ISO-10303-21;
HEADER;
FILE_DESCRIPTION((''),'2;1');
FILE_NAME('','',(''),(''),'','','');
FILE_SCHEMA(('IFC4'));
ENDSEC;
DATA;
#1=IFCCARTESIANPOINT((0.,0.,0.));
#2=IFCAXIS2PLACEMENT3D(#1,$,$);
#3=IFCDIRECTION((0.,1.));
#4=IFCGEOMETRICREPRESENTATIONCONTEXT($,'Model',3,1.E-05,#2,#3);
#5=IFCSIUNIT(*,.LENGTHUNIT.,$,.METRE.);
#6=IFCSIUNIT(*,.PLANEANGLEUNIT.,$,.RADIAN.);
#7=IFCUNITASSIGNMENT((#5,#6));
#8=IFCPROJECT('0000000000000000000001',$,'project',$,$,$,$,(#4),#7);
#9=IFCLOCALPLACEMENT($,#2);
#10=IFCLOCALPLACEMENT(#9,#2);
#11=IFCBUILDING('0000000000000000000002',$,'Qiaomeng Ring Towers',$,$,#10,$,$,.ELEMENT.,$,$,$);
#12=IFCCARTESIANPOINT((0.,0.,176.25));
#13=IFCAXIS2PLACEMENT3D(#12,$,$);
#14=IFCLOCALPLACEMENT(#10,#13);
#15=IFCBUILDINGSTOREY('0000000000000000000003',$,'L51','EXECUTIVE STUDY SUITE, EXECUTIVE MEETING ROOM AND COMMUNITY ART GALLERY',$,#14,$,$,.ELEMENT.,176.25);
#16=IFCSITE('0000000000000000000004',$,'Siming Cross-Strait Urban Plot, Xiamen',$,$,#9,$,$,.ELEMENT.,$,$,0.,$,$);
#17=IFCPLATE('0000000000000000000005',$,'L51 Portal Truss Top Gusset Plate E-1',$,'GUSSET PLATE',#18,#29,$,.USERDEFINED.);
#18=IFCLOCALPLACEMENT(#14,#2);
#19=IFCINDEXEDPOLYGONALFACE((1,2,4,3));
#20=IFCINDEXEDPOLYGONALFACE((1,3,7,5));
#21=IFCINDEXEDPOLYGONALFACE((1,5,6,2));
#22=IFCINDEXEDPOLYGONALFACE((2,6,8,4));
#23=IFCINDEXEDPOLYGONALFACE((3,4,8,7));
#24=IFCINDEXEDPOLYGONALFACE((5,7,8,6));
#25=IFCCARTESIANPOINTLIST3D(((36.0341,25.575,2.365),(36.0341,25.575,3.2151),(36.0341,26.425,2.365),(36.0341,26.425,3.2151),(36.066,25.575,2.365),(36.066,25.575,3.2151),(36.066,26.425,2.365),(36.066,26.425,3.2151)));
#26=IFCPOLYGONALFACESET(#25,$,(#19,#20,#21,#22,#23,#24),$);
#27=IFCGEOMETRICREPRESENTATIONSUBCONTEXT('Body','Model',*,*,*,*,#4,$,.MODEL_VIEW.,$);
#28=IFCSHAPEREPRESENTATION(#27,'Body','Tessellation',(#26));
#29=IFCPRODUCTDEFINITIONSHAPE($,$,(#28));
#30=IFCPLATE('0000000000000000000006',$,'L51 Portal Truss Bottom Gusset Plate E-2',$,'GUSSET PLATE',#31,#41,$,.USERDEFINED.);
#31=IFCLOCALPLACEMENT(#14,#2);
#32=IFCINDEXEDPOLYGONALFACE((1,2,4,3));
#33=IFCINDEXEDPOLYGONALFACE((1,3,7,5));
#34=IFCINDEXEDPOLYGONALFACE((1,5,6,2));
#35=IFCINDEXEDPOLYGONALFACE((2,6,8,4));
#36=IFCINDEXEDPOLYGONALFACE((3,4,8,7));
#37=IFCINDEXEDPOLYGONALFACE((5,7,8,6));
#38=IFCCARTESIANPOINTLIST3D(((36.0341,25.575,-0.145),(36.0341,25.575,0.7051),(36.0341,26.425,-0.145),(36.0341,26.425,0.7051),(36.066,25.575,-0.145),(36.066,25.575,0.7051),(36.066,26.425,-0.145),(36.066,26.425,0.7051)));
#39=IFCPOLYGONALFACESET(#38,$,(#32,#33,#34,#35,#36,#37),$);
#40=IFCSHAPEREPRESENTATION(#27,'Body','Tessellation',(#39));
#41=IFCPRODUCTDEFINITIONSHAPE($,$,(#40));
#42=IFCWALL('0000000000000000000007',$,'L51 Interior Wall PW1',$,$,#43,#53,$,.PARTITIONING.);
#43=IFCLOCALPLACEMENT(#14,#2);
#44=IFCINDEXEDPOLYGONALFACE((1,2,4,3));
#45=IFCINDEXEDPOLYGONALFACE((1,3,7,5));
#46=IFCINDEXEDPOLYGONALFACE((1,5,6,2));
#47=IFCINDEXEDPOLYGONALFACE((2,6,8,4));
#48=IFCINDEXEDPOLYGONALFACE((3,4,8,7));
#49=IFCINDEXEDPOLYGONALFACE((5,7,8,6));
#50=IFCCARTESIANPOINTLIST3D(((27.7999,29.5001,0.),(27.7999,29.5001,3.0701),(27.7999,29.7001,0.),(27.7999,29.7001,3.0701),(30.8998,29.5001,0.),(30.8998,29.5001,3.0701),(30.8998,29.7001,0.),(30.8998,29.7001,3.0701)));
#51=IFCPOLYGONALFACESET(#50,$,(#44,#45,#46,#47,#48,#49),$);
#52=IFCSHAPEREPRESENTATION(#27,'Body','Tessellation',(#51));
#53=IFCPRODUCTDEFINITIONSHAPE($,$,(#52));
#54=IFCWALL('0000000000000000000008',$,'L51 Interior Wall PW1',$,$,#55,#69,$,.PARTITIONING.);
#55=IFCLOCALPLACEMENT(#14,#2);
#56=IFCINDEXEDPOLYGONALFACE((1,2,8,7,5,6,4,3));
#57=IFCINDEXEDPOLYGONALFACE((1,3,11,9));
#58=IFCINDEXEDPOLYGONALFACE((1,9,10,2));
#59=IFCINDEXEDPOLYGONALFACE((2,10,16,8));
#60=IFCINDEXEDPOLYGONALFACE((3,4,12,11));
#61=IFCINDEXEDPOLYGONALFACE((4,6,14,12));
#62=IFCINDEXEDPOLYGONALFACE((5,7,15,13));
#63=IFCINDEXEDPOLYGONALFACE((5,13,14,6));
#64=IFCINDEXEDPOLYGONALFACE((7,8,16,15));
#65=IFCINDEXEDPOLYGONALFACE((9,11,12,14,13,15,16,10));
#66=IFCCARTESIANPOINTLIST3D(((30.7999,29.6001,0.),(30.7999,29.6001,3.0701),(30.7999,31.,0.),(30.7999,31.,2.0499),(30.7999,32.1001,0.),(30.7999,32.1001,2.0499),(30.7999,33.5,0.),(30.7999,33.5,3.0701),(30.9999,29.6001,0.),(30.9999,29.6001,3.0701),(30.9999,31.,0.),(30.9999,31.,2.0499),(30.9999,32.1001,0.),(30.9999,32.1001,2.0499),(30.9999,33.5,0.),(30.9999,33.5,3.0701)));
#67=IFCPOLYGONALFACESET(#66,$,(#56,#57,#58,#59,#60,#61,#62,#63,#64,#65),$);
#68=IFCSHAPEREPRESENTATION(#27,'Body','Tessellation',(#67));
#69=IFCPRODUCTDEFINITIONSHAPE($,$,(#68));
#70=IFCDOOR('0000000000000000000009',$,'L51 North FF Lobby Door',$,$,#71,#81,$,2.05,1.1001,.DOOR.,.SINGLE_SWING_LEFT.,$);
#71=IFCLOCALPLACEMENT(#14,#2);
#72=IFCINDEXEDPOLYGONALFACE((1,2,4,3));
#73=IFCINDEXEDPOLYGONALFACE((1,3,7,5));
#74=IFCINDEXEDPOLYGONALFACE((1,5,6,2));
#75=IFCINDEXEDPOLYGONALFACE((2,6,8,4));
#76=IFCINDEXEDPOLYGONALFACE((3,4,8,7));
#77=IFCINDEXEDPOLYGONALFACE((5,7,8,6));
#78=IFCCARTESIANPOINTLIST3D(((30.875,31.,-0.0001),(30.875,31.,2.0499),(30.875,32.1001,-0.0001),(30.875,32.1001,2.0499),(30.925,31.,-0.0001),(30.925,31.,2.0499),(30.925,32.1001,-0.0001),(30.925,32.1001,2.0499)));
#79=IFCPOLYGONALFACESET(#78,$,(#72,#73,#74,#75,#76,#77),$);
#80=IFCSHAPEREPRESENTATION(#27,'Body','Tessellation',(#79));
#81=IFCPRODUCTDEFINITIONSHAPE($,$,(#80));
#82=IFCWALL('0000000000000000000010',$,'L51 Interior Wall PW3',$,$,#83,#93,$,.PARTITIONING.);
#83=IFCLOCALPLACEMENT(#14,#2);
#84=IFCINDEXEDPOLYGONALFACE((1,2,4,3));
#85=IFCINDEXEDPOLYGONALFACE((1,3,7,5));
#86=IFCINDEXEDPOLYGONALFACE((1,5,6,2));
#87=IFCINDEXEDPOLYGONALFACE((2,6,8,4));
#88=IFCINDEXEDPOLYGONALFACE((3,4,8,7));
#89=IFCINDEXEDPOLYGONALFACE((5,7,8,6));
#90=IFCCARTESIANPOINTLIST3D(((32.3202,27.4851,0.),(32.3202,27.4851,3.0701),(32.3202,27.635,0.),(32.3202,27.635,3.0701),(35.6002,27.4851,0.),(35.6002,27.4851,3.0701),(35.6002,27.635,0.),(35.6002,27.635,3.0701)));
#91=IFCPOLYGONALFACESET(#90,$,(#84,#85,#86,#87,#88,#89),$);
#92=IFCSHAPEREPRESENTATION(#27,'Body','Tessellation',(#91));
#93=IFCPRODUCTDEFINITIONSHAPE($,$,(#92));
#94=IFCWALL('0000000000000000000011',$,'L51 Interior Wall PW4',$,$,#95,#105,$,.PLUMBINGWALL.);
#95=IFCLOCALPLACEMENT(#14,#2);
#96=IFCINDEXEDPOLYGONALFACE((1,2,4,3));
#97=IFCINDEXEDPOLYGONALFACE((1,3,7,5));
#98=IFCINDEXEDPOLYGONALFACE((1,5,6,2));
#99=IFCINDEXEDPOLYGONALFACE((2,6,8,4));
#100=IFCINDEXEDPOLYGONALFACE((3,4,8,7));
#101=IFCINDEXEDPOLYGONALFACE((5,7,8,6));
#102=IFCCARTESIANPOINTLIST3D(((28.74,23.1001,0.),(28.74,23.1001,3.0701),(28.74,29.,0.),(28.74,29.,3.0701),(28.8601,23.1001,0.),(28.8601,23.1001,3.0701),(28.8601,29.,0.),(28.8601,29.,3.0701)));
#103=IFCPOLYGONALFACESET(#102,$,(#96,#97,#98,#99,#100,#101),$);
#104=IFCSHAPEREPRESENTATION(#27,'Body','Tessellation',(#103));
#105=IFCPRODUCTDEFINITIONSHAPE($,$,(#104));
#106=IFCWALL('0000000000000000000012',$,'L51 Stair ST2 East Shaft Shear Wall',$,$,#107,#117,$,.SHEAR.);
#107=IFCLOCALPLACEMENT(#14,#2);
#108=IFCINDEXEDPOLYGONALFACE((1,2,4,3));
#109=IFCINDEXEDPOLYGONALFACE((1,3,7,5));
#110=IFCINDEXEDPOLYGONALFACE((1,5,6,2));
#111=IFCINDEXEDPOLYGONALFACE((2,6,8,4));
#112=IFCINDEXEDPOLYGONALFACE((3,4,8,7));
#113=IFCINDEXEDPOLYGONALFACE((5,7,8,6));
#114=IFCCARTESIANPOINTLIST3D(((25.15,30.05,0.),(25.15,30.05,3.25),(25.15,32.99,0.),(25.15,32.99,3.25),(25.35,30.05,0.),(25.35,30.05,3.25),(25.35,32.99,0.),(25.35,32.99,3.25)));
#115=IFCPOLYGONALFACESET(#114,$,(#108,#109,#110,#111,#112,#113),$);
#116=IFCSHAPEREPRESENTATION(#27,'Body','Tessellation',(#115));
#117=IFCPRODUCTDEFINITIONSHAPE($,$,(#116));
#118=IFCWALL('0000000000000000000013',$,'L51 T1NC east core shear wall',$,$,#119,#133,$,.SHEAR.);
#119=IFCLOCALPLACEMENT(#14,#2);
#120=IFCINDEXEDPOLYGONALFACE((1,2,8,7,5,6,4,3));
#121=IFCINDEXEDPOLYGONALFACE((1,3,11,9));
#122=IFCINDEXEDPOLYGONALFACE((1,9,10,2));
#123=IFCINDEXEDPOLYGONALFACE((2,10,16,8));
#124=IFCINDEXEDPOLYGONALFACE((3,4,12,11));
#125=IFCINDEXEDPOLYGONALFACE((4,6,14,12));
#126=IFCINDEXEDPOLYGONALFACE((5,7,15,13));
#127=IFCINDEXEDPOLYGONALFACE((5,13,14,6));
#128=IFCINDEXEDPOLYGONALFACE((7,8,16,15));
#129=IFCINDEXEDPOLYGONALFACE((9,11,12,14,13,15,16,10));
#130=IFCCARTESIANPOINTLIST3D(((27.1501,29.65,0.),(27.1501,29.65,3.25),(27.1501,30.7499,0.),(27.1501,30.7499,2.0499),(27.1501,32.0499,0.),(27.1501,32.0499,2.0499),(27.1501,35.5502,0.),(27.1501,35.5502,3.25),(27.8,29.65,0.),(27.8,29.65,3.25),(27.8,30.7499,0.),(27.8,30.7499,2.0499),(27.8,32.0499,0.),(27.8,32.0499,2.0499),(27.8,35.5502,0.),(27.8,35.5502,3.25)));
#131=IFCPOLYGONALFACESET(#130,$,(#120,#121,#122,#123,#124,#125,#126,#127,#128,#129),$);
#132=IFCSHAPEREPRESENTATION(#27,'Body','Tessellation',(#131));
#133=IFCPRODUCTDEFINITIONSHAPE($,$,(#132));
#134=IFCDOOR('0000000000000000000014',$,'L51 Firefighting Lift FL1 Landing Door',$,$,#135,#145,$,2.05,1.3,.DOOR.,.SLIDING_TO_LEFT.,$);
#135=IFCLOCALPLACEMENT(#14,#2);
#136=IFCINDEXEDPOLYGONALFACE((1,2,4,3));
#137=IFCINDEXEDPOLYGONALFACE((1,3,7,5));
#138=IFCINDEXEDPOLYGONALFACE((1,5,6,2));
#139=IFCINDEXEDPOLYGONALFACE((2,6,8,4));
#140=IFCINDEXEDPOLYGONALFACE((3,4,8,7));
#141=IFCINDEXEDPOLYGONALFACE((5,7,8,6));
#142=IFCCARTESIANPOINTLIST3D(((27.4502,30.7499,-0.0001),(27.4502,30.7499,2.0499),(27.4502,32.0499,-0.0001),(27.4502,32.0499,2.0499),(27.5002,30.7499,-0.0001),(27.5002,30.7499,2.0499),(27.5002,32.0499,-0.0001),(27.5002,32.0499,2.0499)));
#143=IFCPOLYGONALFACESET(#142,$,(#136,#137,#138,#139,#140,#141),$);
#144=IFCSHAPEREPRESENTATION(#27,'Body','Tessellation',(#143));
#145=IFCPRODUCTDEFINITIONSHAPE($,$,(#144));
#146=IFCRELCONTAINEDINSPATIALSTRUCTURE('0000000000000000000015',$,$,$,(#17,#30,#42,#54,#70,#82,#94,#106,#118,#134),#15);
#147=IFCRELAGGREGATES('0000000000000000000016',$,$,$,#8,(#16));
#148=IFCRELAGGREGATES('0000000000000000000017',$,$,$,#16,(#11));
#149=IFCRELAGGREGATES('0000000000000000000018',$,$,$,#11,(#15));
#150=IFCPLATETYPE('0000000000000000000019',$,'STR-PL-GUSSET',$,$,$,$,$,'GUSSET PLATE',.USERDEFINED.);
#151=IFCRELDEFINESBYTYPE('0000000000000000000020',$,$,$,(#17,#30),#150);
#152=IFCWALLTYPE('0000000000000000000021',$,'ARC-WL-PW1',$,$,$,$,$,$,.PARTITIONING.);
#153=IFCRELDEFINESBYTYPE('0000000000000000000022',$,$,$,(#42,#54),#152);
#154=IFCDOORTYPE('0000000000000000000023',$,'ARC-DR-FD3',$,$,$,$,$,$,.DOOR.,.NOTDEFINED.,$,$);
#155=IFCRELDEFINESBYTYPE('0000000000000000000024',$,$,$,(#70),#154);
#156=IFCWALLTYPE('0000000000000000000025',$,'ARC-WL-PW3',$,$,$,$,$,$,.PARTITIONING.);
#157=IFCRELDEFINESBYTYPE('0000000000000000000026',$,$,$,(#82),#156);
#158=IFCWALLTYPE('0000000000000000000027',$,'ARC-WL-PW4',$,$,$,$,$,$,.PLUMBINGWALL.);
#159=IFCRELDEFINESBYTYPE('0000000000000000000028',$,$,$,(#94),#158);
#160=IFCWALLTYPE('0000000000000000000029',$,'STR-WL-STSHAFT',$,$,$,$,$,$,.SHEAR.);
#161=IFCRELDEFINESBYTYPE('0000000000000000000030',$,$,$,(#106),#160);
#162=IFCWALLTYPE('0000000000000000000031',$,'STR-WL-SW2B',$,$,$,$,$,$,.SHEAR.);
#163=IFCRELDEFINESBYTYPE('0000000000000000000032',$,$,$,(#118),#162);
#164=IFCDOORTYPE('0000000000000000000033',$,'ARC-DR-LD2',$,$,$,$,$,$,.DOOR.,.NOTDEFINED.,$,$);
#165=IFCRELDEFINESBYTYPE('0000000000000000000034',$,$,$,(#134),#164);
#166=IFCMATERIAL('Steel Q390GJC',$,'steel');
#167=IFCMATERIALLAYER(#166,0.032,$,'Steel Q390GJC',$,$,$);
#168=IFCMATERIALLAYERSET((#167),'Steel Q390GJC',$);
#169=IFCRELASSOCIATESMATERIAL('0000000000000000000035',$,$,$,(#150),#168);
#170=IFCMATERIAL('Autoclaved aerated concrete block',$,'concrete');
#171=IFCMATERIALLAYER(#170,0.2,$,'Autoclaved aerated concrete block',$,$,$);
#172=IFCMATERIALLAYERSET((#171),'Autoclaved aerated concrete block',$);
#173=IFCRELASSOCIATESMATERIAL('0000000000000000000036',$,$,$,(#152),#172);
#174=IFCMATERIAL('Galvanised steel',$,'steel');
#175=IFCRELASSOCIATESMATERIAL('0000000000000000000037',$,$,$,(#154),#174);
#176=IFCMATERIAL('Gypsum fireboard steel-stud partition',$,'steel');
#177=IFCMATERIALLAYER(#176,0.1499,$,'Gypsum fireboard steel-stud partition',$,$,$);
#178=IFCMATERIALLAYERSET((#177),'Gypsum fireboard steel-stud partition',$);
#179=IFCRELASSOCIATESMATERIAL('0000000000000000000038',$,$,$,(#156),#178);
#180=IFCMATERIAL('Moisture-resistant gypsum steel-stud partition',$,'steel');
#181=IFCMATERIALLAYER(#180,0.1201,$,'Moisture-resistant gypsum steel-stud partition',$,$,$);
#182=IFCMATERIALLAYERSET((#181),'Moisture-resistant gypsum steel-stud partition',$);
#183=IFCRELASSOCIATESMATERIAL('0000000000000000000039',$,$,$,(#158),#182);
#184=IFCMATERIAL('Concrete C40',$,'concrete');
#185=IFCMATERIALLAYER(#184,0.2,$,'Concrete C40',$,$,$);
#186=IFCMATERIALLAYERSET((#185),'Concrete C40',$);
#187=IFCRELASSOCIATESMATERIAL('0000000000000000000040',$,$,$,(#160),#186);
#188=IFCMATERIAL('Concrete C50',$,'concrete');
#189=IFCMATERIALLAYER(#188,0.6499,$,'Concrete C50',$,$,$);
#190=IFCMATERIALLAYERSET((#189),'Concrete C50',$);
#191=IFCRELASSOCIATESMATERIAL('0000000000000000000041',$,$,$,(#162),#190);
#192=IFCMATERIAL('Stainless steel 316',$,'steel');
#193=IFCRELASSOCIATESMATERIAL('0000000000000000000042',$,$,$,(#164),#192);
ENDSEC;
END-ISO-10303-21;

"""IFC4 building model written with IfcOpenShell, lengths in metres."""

from ifc_helpers import new_model, si_unit, direction, frame, frame_2d, origin, origin_2d, place, context, subcontext, project, spatial, rectangle, extrude, source, transform, mapped, material, layer, layer_set, type_object, element, fill, save


model = new_model("IFC4")

# Units and contexts
model_context = context("Model", 3, precision=1e-05, world=origin(), true_north=direction((0.0, 1.0)))
body_context = subcontext(model_context, "Body", "Model", "MODEL_VIEW")
ifc_project = project(units=[si_unit("LENGTHUNIT", "METRE"), si_unit("PLANEANGLEUNIT", "RADIAN")], contexts=[model_context])

# Site, building, storey
site_placement = place(None, origin())
site = spatial("IfcSite", under=ifc_project, at=site_placement, Name="Siming Cross-Strait Urban Plot, Xiamen", CompositionType="ELEMENT", RefElevation=0.0)
building_placement = place(site_placement, origin())
building = spatial("IfcBuilding", under=site, at=building_placement, Name="Qiaomeng Ring Towers", CompositionType="ELEMENT")
storey_placement = place(building_placement, frame((0.0, 0.0, 176.25)))
storey = spatial("IfcBuildingStorey", under=building, at=storey_placement, Name="L51", Description="EXECUTIVE STUDY SUITE, EXECUTIVE MEETING ROOM AND COMMUNITY ART GALLERY", CompositionType="ELEMENT", Elevation=176.25)

# Shared definitions
ifc_material_1 = material(Name="Concrete C50", Category="concrete")

# Shared definitions
ifc_material_2 = material(Name="Steel Q390GJC", Category="steel")

# Plates
ifc_layer_1 = layer(ifc_material_2, 0.032, Name="Steel Q390GJC")
ifc_layer_set_1 = layer_set([ifc_layer_1], Name="Steel Q390GJC")
plate_type = type_object("IfcPlateType", Name="STR-PL-GUSSET", ElementType="GUSSET PLATE", PredefinedType="USERDEFINED", material=ifc_layer_set_1)
shared_shape_1 = source(origin(), body_context, "Body", "SweptSolid", [
    extrude(rectangle(XDim=0.032, YDim=0.8501, at=origin_2d()), origin(), (0.0, 0.0, 1.0), 0.8501),
])
for number, where, z_axis, x_axis, name in (
    (1, (36.05, 26.0, 2.365), (0.0, 0.0, 1.0), (1.0, 0.0, 0.0), "L51 Portal Truss Top Gusset Plate E-1"),
    (2, (36.05, 26.0, -0.145), (0.0, 0.0, 1.0), (1.0, 0.0, 0.0), "L51 Portal Truss Bottom Gusset Plate E-2"),
):
    element("IfcPlate", number, at=place(storey_placement, frame(where, z_axis=z_axis, x_axis=x_axis)), inside=storey, type_object=plate_type, Name=name, ObjectType="GUSSET PLATE", PredefinedType="USERDEFINED", context=body_context, shape_type="MappedRepresentation", body=[
        mapped(shared_shape_1, transform((0.0, 0.0, 0.0), x_axis=(1.0, 0.0, 0.0), y_axis=(0.0, 1.0, 0.0), z_axis=(0.0, 0.0, 1.0), scale=1.0)),
    ])

# Wall
ifc_material_3 = material(Name="Autoclaved aerated concrete block", Category="concrete")
ifc_layer_2 = layer(ifc_material_3, 0.2, Name="Autoclaved aerated concrete block")
ifc_layer_set_2 = layer_set([ifc_layer_2], Name="Autoclaved aerated concrete block")
wall_type_1 = type_object("IfcWallType", Name="ARC-WL-PW1", PredefinedType="PARTITIONING", material=ifc_layer_set_2)
wall_1_placement = place(storey_placement, frame((27.8, 29.6001, 0.0), z_axis=(0.0, 0.0, 1.0), x_axis=(1.0, 0.0, 0.0)))
element("IfcWall", 3, at=wall_1_placement, inside=storey, type_object=wall_type_1, Name="L51 Interior Wall PW1", PredefinedType="PARTITIONING", context=body_context, shape_type="SweptSolid", body=[
    extrude(rectangle(XDim=3.0999, YDim=0.2, at=frame_2d((1.5498, 0.0))), origin(), (0.0, 0.0, 1.0), 3.0701),
])

# Wall, opening, door
wall_2_placement = place(storey_placement, frame((30.8999, 29.6001, 0.0), z_axis=(0.0, 0.0, 1.0), x_axis=(0.0, 1.0, 0.0)))
wall_2 = element("IfcWall", 4, at=wall_2_placement, inside=storey, type_object=wall_type_1, Name="L51 Interior Wall PW1", PredefinedType="PARTITIONING", context=body_context, shape_type="SweptSolid", body=[
    extrude(rectangle(XDim=3.8999, YDim=0.2, at=frame_2d((1.95, 0.0))), origin(), (0.0, 0.0, 1.0), 3.0701),
])
opening_1_placement = place(wall_2_placement, frame((1.3999, 0.0, 0.0)))
opening_1 = element("IfcOpeningElement", 5, at=opening_1_placement, cuts=wall_2, PredefinedType="OPENING", context=body_context, shape_type="SweptSolid", body=[
    extrude(rectangle(XDim=1.1001, YDim=2.05, at=frame_2d((0.55, 1.0249))), frame((0.0, 0.1099, 0.0), z_axis=(0.0, -1.0, 0.0), x_axis=(1.0, 0.0, 0.0)), (0.0, 0.0, 1.0), 0.22),
])
ifc_material_4 = material(Name="Galvanised steel", Category="steel")
door_type_1 = type_object("IfcDoorType", Name="ARC-DR-FD3", OperationType="NOTDEFINED", PredefinedType="DOOR", material=ifc_material_4)
shared_shape_2 = source(origin(), body_context, "Body", "SweptSolid", [
    extrude(rectangle(XDim=1.1001, YDim=2.05, at=frame_2d((0.55, 1.0249))), frame((0.0, 0.0249, 0.0), z_axis=(0.0, -1.0, 0.0), x_axis=(1.0, 0.0, 0.0)), (0.0, 0.0, 1.0), 0.05),
])
door_1_placement = place(opening_1_placement, origin())
door_1 = element("IfcDoor", 6, at=door_1_placement, inside=storey, type_object=door_type_1, Name="L51 North FF Lobby Door", OperationType="SINGLE_SWING_LEFT", OverallHeight=2.05, OverallWidth=1.1001, PredefinedType="DOOR", context=body_context, shape_type="MappedRepresentation", body=[
    mapped(shared_shape_2, transform((0.0, 0.0, 0.0), x_axis=(1.0, 0.0, 0.0), y_axis=(0.0, 1.0, 0.0), z_axis=(0.0, 0.0, 1.0), scale=1.0)),
])
fill(opening_1, door_1)

# Walls
ifc_material_5 = material(Name="Gypsum fireboard steel-stud partition", Category="steel")
ifc_layer_3 = layer(ifc_material_5, 0.1499, Name="Gypsum fireboard steel-stud partition")
ifc_layer_set_3 = layer_set([ifc_layer_3], Name="Gypsum fireboard steel-stud partition")
wall_type_2 = type_object("IfcWallType", Name="ARC-WL-PW3", PredefinedType="PARTITIONING", material=ifc_layer_set_3)
wall_3_placement = place(storey_placement, frame((32.3201, 27.5601, 0.0), z_axis=(0.0, 0.0, 1.0), x_axis=(1.0, 0.0, 0.0)))
element("IfcWall", 7, at=wall_3_placement, inside=storey, type_object=wall_type_2, Name="L51 Interior Wall PW3", PredefinedType="PARTITIONING", context=body_context, shape_type="SweptSolid", body=[
    extrude(rectangle(XDim=3.28, YDim=0.1499, at=frame_2d((1.6401, 0.0))), origin(), (0.0, 0.0, 1.0), 3.0701),
])
ifc_material_6 = material(Name="Moisture-resistant gypsum steel-stud partition", Category="steel")
ifc_layer_4 = layer(ifc_material_6, 0.1201, Name="Moisture-resistant gypsum steel-stud partition")
ifc_layer_set_4 = layer_set([ifc_layer_4], Name="Moisture-resistant gypsum steel-stud partition")
wall_type_3 = type_object("IfcWallType", Name="ARC-WL-PW4", PredefinedType="PLUMBINGWALL", material=ifc_layer_set_4)
wall_4_placement = place(storey_placement, frame((28.8, 23.1001, 0.0), z_axis=(0.0, 0.0, 1.0), x_axis=(0.0, 1.0, 0.0)))
element("IfcWall", 8, at=wall_4_placement, inside=storey, type_object=wall_type_3, Name="L51 Interior Wall PW4", PredefinedType="PLUMBINGWALL", context=body_context, shape_type="SweptSolid", body=[
    extrude(rectangle(XDim=5.8999, YDim=0.1201, at=frame_2d((2.95, 0.0))), origin(), (0.0, 0.0, 1.0), 3.0701),
])
ifc_material_7 = material(Name="Concrete C40", Category="concrete")
ifc_layer_5 = layer(ifc_material_7, 0.2, Name="Concrete C40")
ifc_layer_set_5 = layer_set([ifc_layer_5], Name="Concrete C40")
wall_type_4 = type_object("IfcWallType", Name="STR-WL-STSHAFT", PredefinedType="SHEAR", material=ifc_layer_set_5)
wall_5_placement = place(storey_placement, frame((25.25, 30.05, 0.0), z_axis=(0.0, 0.0, 1.0), x_axis=(0.0, 1.0, 0.0)))
element("IfcWall", 9, at=wall_5_placement, inside=storey, type_object=wall_type_4, Name="L51 Stair ST2 East Shaft Shear Wall", PredefinedType="SHEAR", context=body_context, shape_type="SweptSolid", body=[
    extrude(rectangle(XDim=2.9399, YDim=0.2, at=frame_2d((1.47, 0.0))), origin(), (0.0, 0.0, 1.0), 3.25),
])

# Wall, opening, door
ifc_layer_6 = layer(ifc_material_1, 0.6499, Name="Concrete C50")
ifc_layer_set_6 = layer_set([ifc_layer_6], Name="Concrete C50")
wall_type_5 = type_object("IfcWallType", Name="STR-WL-SW2B", PredefinedType="SHEAR", material=ifc_layer_set_6)
wall_6_placement = place(storey_placement, frame((27.4751, 29.6499, 0.0), z_axis=(0.0, 0.0, 1.0), x_axis=(0.0, 1.0, 0.0)))
wall_6 = element("IfcWall", 10, at=wall_6_placement, inside=storey, type_object=wall_type_5, Name="L51 T1NC east core shear wall", PredefinedType="SHEAR", context=body_context, shape_type="SweptSolid", body=[
    extrude(rectangle(XDim=5.9001, YDim=0.6499, at=frame_2d((2.9502, 0.0))), origin(), (0.0, 0.0, 1.0), 3.25),
])
opening_2_placement = place(wall_6_placement, frame((1.1001, 0.0, 0.0)))
opening_2 = element("IfcOpeningElement", 11, at=opening_2_placement, cuts=wall_6, PredefinedType="OPENING", context=body_context, shape_type="SweptSolid", body=[
    extrude(rectangle(XDim=1.3, YDim=2.05, at=frame_2d((0.6499, 1.0249))), frame((0.0, 0.335, 0.0), z_axis=(0.0, -1.0, 0.0), x_axis=(1.0, 0.0, 0.0)), (0.0, 0.0, 1.0), 0.6699),
])
ifc_material_8 = material(Name="Stainless steel 316", Category="steel")
door_type_2 = type_object("IfcDoorType", Name="ARC-DR-LD2", OperationType="NOTDEFINED", PredefinedType="DOOR", material=ifc_material_8)
shared_shape_3 = source(origin(), body_context, "Body", "SweptSolid", [
    extrude(rectangle(XDim=1.3, YDim=2.05, at=frame_2d((0.6499, 1.0249))), frame((0.0, 0.0249, 0.0), z_axis=(0.0, -1.0, 0.0), x_axis=(1.0, 0.0, 0.0)), (0.0, 0.0, 1.0), 0.05),
])
door_2_placement = place(opening_2_placement, origin())
door_2 = element("IfcDoor", 12, at=door_2_placement, inside=storey, type_object=door_type_2, Name="L51 Firefighting Lift FL1 Landing Door", OperationType="SLIDING_TO_LEFT", OverallHeight=2.05, OverallWidth=1.3, PredefinedType="DOOR", context=body_context, shape_type="MappedRepresentation", body=[
    mapped(shared_shape_3, transform((0.0, 0.0, 0.0), x_axis=(1.0, 0.0, 0.0), y_axis=(0.0, 1.0, 0.0), z_axis=(0.0, 0.0, 1.0), scale=1.0)),
])
fill(opening_2, door_2)

save(model, "model.ifc")
